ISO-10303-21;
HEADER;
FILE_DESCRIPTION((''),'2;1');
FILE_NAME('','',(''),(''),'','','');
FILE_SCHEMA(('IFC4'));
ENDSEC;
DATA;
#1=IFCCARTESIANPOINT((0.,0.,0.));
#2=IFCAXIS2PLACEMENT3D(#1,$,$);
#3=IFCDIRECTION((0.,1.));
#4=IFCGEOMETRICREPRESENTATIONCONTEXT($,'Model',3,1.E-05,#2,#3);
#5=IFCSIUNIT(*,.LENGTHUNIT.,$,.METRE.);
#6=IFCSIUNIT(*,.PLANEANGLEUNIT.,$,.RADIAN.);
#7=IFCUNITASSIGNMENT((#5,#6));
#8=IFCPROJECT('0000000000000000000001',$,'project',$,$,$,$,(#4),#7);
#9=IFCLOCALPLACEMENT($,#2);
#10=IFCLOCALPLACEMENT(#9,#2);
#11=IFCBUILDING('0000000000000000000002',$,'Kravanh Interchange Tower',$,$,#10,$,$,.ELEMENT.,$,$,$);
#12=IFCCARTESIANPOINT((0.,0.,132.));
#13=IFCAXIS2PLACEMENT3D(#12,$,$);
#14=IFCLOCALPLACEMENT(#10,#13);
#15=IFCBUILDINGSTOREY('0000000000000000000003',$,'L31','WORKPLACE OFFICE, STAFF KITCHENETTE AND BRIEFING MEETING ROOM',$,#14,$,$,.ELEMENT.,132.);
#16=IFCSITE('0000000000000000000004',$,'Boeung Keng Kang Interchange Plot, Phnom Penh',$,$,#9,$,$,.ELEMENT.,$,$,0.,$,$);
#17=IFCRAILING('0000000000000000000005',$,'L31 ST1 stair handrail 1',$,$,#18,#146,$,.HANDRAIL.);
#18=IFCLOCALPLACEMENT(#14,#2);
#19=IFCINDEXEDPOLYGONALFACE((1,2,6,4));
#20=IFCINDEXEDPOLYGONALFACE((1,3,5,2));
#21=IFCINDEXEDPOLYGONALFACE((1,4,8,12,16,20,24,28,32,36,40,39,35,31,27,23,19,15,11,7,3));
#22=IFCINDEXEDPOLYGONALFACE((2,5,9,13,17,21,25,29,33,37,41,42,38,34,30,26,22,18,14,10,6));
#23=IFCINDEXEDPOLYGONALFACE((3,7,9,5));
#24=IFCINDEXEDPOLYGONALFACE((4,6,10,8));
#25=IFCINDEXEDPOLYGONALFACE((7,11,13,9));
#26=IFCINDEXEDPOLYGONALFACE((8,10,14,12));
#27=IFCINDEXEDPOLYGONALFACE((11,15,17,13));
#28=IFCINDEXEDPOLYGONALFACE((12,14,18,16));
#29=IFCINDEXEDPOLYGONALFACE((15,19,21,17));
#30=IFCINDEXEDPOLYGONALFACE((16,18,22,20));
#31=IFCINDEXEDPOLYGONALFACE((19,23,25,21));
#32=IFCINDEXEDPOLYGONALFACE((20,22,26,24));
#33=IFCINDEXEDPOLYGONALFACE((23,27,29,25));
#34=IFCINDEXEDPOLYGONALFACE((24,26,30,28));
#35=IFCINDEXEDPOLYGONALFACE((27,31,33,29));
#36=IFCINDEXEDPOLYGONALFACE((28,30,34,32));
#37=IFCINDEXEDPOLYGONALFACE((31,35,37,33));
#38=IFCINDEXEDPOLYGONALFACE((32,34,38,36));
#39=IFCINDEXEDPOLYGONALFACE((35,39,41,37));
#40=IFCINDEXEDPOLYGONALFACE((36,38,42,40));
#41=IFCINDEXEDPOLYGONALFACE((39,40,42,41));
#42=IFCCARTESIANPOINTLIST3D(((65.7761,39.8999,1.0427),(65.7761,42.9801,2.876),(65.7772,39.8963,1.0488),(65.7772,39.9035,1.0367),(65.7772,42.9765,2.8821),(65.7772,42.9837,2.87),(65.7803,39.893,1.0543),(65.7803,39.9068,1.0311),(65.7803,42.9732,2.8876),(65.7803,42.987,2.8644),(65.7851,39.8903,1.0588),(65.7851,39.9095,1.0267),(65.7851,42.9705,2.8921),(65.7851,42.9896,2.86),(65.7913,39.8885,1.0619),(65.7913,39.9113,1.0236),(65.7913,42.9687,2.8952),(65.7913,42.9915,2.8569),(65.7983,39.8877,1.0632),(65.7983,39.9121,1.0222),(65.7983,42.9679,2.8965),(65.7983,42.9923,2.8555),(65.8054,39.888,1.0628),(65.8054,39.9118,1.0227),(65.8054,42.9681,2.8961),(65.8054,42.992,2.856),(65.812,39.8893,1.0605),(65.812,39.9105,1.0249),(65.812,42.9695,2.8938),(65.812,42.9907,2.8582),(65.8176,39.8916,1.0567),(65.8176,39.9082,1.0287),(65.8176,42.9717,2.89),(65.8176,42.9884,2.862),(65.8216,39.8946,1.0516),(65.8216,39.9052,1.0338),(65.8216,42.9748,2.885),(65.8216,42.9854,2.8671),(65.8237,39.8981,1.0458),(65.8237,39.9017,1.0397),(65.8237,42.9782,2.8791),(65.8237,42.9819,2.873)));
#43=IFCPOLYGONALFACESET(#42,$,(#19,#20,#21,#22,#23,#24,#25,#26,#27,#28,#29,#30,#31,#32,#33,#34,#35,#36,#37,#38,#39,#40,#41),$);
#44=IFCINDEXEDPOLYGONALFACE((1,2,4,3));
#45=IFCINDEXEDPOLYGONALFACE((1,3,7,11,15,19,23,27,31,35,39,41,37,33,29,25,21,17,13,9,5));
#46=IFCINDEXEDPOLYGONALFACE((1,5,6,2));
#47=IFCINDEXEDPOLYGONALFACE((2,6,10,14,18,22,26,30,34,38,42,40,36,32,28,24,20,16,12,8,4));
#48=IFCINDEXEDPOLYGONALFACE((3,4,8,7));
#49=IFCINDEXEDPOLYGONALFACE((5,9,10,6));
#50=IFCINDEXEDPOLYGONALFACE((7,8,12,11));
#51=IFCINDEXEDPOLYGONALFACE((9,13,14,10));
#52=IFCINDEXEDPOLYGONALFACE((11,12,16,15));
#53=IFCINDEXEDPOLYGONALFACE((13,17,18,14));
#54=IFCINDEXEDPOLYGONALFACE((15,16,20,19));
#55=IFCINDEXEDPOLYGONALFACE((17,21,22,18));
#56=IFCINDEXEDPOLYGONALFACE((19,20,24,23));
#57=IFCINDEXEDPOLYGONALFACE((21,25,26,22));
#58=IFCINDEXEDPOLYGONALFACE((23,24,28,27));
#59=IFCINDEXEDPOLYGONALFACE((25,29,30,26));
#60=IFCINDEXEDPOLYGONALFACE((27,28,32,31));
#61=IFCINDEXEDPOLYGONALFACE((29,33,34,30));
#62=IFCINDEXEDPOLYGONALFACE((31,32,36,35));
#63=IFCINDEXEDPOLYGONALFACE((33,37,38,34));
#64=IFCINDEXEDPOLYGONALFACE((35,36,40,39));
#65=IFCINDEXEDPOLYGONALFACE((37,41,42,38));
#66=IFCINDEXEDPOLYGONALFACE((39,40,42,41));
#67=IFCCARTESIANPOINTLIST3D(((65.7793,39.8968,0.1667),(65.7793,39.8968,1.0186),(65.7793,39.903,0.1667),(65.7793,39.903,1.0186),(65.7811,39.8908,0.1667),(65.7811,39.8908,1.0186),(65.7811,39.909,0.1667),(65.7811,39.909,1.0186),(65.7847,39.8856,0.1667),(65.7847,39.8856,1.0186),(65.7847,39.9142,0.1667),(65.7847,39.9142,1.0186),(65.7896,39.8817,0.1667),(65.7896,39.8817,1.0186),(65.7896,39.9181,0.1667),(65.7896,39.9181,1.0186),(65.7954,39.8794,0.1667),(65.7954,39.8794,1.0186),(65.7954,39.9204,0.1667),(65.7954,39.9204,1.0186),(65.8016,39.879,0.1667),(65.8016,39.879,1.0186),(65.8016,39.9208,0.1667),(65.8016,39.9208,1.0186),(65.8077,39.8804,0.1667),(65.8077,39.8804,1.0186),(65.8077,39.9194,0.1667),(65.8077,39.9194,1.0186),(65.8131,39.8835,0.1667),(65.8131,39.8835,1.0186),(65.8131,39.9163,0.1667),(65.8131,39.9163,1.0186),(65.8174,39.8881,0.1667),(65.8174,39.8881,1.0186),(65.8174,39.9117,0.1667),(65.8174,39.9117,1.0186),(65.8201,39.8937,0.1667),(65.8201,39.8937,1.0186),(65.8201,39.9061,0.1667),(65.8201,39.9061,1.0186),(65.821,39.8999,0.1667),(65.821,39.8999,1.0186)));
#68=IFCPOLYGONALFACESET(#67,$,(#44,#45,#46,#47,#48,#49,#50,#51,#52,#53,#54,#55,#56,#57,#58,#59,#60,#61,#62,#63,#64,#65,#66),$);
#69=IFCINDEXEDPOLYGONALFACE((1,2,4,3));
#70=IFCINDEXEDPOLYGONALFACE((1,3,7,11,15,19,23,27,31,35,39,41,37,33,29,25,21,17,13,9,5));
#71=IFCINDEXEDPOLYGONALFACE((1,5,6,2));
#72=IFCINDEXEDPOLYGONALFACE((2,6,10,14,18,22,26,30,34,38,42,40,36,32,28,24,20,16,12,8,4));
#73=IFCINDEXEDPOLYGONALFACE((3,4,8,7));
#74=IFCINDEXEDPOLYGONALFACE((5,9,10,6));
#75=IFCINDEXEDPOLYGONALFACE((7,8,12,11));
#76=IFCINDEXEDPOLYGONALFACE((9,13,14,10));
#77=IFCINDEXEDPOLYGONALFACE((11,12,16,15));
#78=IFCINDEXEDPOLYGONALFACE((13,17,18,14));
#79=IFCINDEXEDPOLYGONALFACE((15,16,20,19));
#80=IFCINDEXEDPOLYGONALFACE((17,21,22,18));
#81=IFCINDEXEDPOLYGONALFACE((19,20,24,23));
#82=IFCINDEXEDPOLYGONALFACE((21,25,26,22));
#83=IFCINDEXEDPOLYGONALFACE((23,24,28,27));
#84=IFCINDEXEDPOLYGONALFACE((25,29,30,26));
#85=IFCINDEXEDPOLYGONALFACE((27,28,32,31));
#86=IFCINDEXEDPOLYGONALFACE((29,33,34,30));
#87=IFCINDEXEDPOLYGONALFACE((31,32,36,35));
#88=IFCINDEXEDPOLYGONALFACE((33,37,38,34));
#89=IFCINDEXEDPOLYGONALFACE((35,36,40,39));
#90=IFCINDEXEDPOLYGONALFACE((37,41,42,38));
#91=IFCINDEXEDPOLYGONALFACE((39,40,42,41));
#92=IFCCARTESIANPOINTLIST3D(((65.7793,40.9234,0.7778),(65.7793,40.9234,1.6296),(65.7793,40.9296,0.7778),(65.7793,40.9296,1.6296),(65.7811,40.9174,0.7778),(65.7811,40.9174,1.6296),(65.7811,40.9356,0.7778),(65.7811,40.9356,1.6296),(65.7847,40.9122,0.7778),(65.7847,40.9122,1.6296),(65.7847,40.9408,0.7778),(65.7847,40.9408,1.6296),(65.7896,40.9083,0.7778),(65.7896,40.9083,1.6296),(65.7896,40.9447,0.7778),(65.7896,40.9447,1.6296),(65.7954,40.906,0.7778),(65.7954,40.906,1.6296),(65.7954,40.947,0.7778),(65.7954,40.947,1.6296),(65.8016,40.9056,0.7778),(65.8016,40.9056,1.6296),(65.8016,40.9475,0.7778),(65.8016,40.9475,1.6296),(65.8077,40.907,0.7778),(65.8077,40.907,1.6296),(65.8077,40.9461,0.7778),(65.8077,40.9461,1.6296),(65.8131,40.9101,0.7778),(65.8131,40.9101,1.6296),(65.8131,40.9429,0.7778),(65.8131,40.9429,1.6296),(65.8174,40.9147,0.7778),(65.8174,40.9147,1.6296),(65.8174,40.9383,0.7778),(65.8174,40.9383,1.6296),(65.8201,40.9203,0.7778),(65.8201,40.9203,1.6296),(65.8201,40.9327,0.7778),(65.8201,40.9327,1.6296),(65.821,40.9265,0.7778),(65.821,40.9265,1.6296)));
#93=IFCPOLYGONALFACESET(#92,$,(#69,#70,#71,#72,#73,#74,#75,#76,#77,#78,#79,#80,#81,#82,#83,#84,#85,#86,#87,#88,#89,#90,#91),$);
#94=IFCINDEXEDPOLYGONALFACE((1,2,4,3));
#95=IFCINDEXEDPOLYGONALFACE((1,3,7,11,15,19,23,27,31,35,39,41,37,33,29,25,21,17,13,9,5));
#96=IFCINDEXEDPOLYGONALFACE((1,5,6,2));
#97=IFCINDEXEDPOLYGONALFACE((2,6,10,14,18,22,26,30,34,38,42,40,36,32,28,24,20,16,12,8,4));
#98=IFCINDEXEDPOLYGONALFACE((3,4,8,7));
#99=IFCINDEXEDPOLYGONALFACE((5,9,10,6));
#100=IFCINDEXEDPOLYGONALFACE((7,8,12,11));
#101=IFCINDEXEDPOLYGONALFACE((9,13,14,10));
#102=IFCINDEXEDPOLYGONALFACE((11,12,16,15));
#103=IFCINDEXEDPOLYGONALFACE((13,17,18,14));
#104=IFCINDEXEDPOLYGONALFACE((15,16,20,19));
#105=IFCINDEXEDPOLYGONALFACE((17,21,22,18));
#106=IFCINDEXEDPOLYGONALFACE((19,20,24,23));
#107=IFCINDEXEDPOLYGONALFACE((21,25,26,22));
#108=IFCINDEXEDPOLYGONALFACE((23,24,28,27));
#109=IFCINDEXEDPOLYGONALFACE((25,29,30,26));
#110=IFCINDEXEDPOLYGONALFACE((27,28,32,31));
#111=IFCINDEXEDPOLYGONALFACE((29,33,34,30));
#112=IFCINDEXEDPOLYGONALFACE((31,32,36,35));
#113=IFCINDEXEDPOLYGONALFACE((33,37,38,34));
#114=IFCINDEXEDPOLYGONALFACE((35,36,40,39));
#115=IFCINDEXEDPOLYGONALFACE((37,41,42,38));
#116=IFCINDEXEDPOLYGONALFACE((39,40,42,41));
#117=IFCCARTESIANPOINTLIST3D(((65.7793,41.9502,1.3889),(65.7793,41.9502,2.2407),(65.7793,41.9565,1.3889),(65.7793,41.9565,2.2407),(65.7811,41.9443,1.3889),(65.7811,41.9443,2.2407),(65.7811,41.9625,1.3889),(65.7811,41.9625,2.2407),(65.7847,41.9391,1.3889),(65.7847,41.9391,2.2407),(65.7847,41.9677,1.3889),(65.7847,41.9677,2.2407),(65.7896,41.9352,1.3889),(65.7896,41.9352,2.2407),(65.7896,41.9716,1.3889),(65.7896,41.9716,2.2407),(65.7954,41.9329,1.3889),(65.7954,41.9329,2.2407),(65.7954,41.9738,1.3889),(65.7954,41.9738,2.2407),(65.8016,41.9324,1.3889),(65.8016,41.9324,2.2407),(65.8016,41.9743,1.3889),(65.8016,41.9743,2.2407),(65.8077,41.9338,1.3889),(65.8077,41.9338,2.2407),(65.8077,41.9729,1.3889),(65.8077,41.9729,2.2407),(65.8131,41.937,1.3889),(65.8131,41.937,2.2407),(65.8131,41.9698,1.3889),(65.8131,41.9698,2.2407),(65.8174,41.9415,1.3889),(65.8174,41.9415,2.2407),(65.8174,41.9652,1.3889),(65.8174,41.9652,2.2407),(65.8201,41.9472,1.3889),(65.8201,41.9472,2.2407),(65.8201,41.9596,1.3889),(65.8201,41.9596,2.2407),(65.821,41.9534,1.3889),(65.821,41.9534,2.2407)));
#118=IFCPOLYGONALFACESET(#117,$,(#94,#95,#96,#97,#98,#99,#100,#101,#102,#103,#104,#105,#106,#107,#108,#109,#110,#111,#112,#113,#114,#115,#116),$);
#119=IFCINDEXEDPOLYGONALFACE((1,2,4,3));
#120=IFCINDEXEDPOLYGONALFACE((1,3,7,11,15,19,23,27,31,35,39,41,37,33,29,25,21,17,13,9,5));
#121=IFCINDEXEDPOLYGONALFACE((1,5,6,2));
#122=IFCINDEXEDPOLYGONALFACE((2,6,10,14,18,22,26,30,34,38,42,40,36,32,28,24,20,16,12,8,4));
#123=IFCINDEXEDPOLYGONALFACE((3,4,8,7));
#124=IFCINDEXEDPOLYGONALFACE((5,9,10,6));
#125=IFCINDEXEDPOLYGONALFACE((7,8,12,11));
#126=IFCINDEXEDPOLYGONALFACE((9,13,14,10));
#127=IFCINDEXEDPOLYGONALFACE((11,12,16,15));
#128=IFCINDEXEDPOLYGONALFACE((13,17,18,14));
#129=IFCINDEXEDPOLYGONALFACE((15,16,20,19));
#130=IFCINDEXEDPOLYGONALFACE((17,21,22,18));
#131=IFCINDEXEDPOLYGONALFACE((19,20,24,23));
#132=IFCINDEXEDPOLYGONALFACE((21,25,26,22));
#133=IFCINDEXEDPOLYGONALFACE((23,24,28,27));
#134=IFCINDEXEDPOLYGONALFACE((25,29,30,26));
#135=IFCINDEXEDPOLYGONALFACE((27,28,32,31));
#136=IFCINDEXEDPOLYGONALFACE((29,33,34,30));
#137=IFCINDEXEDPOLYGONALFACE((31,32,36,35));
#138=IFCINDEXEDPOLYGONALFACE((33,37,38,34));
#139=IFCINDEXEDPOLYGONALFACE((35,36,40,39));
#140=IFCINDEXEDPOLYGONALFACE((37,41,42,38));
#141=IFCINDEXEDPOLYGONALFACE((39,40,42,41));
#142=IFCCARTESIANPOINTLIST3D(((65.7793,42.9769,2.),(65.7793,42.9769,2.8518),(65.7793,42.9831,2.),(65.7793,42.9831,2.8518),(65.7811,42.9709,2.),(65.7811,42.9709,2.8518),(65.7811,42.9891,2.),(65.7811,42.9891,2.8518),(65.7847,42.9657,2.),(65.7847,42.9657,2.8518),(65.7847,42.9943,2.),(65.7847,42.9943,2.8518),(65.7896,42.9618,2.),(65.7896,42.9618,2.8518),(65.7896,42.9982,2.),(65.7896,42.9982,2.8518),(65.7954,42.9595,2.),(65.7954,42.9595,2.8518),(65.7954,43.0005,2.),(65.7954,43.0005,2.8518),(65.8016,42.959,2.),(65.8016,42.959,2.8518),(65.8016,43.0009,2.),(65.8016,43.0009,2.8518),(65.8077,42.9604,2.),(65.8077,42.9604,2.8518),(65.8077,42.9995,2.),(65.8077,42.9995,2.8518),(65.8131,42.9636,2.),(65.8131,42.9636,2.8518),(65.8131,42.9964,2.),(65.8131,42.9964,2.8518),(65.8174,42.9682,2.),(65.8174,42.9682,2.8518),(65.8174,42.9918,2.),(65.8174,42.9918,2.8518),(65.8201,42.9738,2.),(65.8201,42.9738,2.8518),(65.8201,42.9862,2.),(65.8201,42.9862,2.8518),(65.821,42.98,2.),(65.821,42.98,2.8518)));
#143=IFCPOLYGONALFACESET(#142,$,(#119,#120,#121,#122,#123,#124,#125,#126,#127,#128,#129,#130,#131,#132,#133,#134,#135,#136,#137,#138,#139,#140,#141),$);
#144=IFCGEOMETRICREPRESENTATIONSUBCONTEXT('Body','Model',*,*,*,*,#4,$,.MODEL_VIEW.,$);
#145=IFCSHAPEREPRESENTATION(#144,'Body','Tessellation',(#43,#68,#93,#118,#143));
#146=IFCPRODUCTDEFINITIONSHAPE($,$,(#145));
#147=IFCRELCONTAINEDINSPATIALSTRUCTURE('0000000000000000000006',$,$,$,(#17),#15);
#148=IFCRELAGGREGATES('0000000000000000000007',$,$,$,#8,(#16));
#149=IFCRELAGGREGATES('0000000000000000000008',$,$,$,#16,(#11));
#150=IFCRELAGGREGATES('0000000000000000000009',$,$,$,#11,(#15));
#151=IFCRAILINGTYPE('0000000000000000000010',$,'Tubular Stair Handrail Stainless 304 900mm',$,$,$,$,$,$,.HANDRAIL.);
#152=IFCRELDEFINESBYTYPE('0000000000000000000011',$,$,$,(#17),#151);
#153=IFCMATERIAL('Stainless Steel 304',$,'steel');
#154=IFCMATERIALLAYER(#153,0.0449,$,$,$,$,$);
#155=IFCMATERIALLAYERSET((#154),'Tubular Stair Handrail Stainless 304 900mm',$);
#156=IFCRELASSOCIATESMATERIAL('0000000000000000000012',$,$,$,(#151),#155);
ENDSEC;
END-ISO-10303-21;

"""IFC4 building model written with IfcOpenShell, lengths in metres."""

from ifc_helpers import new_model, si_unit, direction, frame, origin, origin_2d, place, context, subcontext, project, spatial, circle, extrude, material, layer, layer_set, type_object, element, save


model = new_model("IFC4")

# Units and contexts
model_context = context("Model", 3, precision=1e-05, world=origin(), true_north=direction((0.0, 1.0)))
body_context = subcontext(model_context, "Body", "Model", "MODEL_VIEW")
ifc_project = project(units=[si_unit("LENGTHUNIT", "METRE"), si_unit("PLANEANGLEUNIT", "RADIAN")], contexts=[model_context])

# Site, building, storey
site_placement = place(None, origin())
site = spatial("IfcSite", under=ifc_project, at=site_placement, Name="Boeung Keng Kang Interchange Plot, Phnom Penh", CompositionType="ELEMENT", RefElevation=0.0)
building_placement = place(site_placement, origin())
building = spatial("IfcBuilding", under=site, at=building_placement, Name="Kravanh Interchange Tower", CompositionType="ELEMENT")
storey_placement = place(building_placement, frame((0.0, 0.0, 132.0)))
storey = spatial("IfcBuildingStorey", under=building, at=storey_placement, Name="L31", Description="WORKPLACE OFFICE, STAFF KITCHENETTE AND BRIEFING MEETING ROOM", CompositionType="ELEMENT", Elevation=132.0)

# Railing
ifc_material_1 = material(Name="Stainless Steel 304", Category="steel")
ifc_layer_1 = layer(ifc_material_1, 0.0449)
ifc_layer_set_1 = layer_set([ifc_layer_1], Name="Tubular Stair Handrail Stainless 304 900mm")
railing_type_1 = type_object("IfcRailingType", Name="Tubular Stair Handrail Stainless 304 900mm", PredefinedType="HANDRAIL", material=ifc_layer_set_1)
railing_1_placement = place(storey_placement, frame((65.8, 39.8999, 0.1667)))
element("IfcRailing", 1, at=railing_1_placement, inside=storey, type_object=railing_type_1, Name="L31 ST1 stair handrail 1", PredefinedType="HANDRAIL", context=body_context, shape_type="SweptSolid", body=[
    extrude(circle(Radius=0.0239, at=origin_2d()), frame((0.0, 0.0, 0.876), z_axis=(0.0, 0.859309, 0.511458), x_axis=(-1.0, 0.0, 0.0)), (0.0, 0.0, 1.0), 3.5845),
    extrude(circle(Radius=0.021, at=origin_2d()), origin(), (0.0, 0.0, 1.0), 0.8518),
    extrude(circle(Radius=0.021, at=origin_2d()), frame((0.0, 1.0266, 0.6111)), (0.0, 0.0, 1.0), 0.8518),
    extrude(circle(Radius=0.021, at=origin_2d()), frame((0.0, 2.0535, 1.2222)), (0.0, 0.0, 1.0), 0.8518),
    extrude(circle(Radius=0.021, at=origin_2d()), frame((0.0, 3.0801, 1.8333)), (0.0, 0.0, 1.0), 0.8518),
])

save(model, "model.ifc")
